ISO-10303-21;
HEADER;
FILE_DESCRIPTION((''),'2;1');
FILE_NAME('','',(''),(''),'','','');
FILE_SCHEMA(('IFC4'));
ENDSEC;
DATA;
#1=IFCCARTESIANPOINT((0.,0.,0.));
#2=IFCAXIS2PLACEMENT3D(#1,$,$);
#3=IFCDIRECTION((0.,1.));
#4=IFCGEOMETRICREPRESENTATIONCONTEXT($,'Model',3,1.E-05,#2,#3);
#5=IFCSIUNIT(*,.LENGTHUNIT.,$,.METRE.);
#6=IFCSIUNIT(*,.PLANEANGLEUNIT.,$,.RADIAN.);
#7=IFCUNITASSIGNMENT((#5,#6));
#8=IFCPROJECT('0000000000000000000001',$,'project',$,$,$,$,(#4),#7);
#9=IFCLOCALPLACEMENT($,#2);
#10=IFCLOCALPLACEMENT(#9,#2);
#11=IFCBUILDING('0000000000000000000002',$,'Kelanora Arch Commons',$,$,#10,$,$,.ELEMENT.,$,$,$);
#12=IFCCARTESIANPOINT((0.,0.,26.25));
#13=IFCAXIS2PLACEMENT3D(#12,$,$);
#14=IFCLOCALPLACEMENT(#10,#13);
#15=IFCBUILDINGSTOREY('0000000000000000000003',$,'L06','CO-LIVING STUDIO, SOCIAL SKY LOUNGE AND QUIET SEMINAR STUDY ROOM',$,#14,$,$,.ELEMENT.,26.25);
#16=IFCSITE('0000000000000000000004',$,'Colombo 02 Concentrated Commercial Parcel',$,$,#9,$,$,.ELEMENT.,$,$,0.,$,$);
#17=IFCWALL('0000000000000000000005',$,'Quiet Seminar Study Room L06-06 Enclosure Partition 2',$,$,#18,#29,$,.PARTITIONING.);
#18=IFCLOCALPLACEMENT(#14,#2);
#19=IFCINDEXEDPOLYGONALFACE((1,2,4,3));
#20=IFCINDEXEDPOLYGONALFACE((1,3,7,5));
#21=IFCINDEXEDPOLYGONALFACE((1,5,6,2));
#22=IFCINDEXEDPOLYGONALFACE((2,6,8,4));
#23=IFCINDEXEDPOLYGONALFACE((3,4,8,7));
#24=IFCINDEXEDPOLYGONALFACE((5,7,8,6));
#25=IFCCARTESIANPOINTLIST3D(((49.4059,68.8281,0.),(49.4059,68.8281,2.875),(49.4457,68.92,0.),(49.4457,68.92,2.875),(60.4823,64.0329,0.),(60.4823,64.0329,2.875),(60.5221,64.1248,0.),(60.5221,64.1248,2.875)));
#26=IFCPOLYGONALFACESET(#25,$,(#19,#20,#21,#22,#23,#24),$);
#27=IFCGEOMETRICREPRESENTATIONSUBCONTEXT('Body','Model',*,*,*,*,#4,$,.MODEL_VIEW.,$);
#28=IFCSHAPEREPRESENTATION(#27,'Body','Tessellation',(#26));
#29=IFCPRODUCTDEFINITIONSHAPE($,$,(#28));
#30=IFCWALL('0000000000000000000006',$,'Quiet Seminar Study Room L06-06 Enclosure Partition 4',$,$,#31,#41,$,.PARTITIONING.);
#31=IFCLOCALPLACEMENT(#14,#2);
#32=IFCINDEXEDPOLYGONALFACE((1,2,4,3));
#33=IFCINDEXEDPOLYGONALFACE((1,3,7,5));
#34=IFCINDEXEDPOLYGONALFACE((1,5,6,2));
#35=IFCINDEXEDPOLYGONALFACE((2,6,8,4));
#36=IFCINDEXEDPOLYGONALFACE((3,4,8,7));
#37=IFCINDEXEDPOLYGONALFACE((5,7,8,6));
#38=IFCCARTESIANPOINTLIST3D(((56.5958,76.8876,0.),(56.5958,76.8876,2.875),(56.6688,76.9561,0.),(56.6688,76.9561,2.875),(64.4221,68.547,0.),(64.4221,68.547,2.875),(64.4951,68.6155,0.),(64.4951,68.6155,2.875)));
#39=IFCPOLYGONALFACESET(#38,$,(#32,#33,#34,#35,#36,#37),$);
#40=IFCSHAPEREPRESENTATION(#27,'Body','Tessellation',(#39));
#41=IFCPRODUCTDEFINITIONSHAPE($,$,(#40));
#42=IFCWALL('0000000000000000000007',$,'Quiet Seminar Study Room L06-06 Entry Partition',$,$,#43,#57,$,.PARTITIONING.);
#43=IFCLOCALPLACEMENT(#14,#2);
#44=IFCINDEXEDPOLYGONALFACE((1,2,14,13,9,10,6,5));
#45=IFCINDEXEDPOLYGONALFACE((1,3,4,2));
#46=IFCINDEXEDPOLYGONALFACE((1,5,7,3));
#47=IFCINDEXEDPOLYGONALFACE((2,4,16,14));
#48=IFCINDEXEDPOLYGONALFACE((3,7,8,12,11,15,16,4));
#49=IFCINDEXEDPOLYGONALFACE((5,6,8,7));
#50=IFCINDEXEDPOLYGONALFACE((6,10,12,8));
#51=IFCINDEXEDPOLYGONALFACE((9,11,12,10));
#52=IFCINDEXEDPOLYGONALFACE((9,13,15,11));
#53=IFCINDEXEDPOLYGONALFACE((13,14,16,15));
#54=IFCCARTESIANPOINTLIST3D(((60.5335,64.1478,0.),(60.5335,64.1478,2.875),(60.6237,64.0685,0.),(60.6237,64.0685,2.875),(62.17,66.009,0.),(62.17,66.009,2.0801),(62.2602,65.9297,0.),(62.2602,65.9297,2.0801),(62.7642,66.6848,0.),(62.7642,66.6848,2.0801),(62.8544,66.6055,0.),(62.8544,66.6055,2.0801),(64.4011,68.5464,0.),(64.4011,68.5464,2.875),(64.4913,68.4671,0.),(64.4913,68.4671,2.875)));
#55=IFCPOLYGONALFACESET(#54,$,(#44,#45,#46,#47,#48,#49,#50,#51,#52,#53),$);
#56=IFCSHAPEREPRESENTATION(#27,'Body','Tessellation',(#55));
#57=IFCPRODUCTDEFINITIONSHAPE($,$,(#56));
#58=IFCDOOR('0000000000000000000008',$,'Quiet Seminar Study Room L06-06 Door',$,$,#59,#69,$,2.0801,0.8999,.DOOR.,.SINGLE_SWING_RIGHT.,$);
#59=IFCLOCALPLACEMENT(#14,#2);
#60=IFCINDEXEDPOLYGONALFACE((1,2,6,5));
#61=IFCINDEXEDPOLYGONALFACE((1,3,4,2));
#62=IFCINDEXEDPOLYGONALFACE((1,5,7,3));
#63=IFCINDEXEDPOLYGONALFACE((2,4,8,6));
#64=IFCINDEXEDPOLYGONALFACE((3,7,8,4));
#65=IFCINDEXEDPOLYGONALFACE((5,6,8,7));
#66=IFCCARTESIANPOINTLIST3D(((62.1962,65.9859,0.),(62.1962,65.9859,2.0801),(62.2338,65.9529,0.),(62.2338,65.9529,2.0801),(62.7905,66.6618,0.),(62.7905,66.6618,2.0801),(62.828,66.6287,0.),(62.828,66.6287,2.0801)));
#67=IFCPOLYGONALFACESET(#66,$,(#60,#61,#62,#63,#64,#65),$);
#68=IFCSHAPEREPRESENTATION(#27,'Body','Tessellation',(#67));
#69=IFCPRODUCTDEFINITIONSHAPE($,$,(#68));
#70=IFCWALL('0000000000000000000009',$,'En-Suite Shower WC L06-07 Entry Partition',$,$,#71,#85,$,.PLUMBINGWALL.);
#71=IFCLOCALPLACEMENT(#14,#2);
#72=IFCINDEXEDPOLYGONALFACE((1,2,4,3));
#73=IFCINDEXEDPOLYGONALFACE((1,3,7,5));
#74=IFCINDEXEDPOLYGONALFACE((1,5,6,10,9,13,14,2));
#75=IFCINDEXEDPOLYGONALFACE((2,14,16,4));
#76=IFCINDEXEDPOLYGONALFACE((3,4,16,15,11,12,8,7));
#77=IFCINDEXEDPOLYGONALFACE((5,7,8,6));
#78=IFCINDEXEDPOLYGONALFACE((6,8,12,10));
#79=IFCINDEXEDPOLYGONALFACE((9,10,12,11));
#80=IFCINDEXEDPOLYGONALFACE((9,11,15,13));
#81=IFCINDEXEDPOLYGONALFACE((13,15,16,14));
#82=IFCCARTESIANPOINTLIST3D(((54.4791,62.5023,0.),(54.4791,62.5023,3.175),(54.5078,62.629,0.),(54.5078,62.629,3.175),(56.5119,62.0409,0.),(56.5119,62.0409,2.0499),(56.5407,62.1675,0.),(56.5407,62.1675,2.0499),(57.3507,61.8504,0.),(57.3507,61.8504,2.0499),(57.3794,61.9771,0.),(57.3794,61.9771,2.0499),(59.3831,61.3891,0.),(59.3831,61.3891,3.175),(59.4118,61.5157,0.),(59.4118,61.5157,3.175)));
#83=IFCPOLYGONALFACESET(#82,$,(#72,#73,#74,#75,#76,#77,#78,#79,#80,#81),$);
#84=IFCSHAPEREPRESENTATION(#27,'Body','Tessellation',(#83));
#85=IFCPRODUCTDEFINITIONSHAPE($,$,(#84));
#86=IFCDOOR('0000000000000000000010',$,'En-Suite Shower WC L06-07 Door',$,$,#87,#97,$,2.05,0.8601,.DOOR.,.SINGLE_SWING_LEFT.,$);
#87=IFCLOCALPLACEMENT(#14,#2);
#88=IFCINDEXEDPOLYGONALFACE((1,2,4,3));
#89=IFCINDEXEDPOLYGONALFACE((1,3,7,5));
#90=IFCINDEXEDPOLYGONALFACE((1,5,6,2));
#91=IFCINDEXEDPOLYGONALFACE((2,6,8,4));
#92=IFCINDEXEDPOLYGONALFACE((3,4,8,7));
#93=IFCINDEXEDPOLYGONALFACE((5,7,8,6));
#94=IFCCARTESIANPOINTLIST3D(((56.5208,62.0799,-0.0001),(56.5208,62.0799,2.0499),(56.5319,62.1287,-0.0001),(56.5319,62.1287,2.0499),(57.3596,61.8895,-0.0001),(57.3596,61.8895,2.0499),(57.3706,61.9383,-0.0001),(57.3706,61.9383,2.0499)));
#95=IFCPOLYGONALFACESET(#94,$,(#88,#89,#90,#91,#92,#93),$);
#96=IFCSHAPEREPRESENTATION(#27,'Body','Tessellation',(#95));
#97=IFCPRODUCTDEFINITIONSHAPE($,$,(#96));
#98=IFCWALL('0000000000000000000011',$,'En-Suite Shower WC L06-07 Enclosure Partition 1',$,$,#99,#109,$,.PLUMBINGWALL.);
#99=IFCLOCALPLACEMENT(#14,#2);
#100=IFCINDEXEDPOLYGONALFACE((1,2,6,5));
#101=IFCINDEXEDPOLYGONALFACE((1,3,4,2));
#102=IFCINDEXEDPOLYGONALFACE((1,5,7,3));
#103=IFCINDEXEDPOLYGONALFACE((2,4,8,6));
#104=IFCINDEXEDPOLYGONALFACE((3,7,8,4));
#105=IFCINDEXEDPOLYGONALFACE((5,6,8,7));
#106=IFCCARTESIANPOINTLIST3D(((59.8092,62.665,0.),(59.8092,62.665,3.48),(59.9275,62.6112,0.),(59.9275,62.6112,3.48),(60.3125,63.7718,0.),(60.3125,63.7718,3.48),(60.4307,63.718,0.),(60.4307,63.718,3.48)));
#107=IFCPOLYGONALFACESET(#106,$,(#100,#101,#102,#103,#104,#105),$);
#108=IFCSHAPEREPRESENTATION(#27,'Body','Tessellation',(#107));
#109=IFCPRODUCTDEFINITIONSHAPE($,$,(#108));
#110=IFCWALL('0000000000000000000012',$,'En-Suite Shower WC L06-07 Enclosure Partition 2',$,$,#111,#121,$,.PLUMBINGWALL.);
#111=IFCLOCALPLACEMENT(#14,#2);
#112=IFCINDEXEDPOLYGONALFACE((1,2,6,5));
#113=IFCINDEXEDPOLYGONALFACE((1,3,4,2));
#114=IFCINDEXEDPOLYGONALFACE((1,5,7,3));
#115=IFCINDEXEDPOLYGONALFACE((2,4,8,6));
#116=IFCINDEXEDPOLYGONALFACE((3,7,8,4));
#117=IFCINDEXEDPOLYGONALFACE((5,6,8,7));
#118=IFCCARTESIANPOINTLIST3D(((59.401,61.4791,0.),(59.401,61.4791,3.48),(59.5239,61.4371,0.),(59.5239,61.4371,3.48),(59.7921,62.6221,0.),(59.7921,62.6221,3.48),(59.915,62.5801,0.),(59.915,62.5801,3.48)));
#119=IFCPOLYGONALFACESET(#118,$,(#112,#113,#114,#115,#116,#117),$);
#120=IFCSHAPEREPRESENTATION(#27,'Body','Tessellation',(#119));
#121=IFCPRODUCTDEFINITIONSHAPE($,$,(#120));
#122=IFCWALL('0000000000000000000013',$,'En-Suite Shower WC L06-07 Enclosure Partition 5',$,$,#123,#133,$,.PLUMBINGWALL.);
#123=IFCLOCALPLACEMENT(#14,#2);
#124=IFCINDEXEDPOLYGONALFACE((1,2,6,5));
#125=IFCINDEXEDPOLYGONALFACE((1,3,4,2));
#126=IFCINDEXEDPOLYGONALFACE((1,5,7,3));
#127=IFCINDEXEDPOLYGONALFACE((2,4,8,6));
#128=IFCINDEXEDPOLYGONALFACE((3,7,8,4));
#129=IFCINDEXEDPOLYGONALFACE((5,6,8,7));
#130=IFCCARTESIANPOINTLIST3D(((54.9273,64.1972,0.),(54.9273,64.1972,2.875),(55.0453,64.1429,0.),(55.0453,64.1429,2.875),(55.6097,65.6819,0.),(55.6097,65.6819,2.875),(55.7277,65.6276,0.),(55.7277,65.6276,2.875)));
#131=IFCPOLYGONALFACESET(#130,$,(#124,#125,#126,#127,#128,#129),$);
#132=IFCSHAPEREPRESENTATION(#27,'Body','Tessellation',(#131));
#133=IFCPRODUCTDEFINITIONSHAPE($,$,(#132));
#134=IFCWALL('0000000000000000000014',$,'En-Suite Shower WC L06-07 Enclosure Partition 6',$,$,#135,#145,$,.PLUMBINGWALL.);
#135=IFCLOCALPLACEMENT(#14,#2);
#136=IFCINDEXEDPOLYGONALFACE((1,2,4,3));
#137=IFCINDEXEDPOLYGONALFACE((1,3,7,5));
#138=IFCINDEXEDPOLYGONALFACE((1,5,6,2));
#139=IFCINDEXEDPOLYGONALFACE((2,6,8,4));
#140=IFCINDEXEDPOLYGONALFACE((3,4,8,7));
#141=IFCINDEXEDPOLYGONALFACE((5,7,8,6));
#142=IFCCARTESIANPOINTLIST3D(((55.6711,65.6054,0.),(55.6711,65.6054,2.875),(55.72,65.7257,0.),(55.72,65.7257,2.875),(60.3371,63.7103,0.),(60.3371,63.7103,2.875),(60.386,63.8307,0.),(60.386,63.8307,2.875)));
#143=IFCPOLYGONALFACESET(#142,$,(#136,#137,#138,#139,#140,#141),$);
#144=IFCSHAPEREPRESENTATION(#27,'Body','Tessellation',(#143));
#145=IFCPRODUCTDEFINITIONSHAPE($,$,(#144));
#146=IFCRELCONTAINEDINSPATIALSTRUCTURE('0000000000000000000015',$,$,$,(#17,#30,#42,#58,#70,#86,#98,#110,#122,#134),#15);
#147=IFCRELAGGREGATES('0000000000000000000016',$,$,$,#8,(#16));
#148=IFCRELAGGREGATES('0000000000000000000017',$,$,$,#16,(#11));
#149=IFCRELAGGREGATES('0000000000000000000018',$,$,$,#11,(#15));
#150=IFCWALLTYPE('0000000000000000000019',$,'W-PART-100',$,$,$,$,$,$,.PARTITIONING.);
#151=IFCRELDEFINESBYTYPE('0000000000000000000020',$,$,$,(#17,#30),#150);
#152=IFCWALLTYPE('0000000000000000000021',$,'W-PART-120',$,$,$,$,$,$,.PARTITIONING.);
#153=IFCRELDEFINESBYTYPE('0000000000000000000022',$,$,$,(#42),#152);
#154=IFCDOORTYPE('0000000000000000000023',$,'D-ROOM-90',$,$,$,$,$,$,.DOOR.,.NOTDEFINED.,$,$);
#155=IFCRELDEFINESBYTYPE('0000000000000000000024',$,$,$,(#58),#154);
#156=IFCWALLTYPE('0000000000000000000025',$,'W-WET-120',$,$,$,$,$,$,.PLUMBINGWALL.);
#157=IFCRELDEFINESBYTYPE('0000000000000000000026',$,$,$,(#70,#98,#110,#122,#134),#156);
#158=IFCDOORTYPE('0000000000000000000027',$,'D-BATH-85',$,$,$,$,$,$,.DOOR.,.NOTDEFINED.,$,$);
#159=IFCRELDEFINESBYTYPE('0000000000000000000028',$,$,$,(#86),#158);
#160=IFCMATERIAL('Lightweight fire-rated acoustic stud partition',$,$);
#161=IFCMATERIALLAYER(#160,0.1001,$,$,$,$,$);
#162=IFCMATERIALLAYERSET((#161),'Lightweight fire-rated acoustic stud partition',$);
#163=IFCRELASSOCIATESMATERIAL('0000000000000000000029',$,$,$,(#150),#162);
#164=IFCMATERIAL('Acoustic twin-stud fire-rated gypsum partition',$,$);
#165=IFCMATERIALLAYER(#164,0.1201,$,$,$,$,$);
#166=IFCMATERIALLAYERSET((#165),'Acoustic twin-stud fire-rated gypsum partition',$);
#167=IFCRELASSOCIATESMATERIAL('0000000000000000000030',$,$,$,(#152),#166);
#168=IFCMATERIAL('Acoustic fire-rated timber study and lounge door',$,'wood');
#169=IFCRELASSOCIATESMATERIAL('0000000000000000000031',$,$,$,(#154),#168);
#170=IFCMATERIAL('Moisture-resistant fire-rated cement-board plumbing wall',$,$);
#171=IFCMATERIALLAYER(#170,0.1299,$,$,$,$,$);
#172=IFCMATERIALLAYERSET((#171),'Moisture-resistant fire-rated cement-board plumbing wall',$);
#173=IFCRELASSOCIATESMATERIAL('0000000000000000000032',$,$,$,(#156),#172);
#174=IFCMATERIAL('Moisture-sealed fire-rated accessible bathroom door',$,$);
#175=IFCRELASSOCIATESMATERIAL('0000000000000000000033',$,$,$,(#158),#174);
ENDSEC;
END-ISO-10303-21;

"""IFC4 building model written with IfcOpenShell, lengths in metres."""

from ifc_helpers import new_model, si_unit, direction, frame, frame_2d, origin, place, context, subcontext, project, spatial, rectangle, extrude, material, layer, layer_set, type_object, element, fill, save


model = new_model("IFC4")

# Units and contexts
model_context = context("Model", 3, precision=1e-05, world=origin(), true_north=direction((0.0, 1.0)))
body_context = subcontext(model_context, "Body", "Model", "MODEL_VIEW")
ifc_project = project(units=[si_unit("LENGTHUNIT", "METRE"), si_unit("PLANEANGLEUNIT", "RADIAN")], contexts=[model_context])

# Site, building, storey
site_placement = place(None, origin())
site = spatial("IfcSite", under=ifc_project, at=site_placement, Name="Colombo 02 Concentrated Commercial Parcel", CompositionType="ELEMENT", RefElevation=0.0)
building_placement = place(site_placement, origin())
building = spatial("IfcBuilding", under=site, at=building_placement, Name="Kelanora Arch Commons", CompositionType="ELEMENT")
storey_placement = place(building_placement, frame((0.0, 0.0, 26.25)))
storey = spatial("IfcBuildingStorey", under=building, at=storey_placement, Name="L06", Description="CO-LIVING STUDIO, SOCIAL SKY LOUNGE AND QUIET SEMINAR STUDY ROOM", CompositionType="ELEMENT", Elevation=26.25)

# Walls
ifc_material_1 = material(Name="Lightweight fire-rated acoustic stud partition")
ifc_layer_1 = layer(ifc_material_1, 0.1001)
ifc_layer_set_1 = layer_set([ifc_layer_1], Name="Lightweight fire-rated acoustic stud partition")
wall_type_1 = type_object("IfcWallType", Name="W-PART-100", PredefinedType="PARTITIONING", material=ifc_layer_set_1)
wall_1_placement = place(storey_placement, frame((60.5022, 64.0789, 0.0), z_axis=(0.0, 0.0, 1.0), x_axis=(-0.917695, 0.397286, 0.0)))
element("IfcWall", 1, at=wall_1_placement, inside=storey, type_object=wall_type_1, Name="Quiet Seminar Study Room L06-06 Enclosure Partition 2", PredefinedType="PARTITIONING", context=body_context, shape_type="SweptSolid", body=[
    extrude(rectangle(XDim=12.0698, YDim=0.1001, at=frame_2d((6.0349, 0.0))), origin(), (0.0, 0.0, 1.0), 2.875),
])
wall_2_placement = place(storey_placement, frame((56.6323, 76.9219, 0.0), z_axis=(0.0, 0.0, 1.0), x_axis=(0.684261, -0.729237, 0.0)))
element("IfcWall", 2, at=wall_2_placement, inside=storey, type_object=wall_type_1, Name="Quiet Seminar Study Room L06-06 Enclosure Partition 4", PredefinedType="PARTITIONING", context=body_context, shape_type="SweptSolid", body=[
    extrude(rectangle(XDim=11.4375, YDim=0.1001, at=frame_2d((5.7188, 0.0))), origin(), (0.0, 0.0, 1.0), 2.875),
])

# Walls, openings, doors
ifc_material_2 = material(Name="Acoustic twin-stud fire-rated gypsum partition")
ifc_layer_2 = layer(ifc_material_2, 0.1201)
ifc_layer_set_2 = layer_set([ifc_layer_2], Name="Acoustic twin-stud fire-rated gypsum partition")
wall_type_2 = type_object("IfcWallType", Name="W-PART-120", PredefinedType="PARTITIONING", material=ifc_layer_set_2)
wall_3_placement = place(storey_placement, frame((64.4463, 68.5068, 0.0), z_axis=(0.0, 0.0, 1.0), x_axis=(-0.660323, -0.750981, 0.0)))
wall_3 = element("IfcWall", 3, at=wall_3_placement, inside=storey, type_object=wall_type_2, Name="Quiet Seminar Study Room L06-06 Entry Partition", PredefinedType="PARTITIONING", context=body_context, shape_type="SweptSolid", body=[
    extrude(rectangle(XDim=5.8572, YDim=0.1201, at=frame_2d((2.9287, 0.0))), origin(), (0.0, 0.0, 1.0), 2.875),
])
opening_1_placement = place(wall_3_placement, frame((2.479, 0.0, 0.0)))
opening_1 = element("IfcOpeningElement", 4, at=opening_1_placement, cuts=wall_3, PredefinedType="OPENING", context=body_context, shape_type="SweptSolid", body=[
    extrude(rectangle(XDim=0.8999, YDim=2.0801, at=frame_2d((0.45, 1.04))), frame((0.0, 0.0701, 0.0), z_axis=(0.0, -1.0, 0.0), x_axis=(1.0, 0.0, 0.0)), (0.0, 0.0, 1.0), 0.1401),
])
ifc_material_3 = material(Name="Acoustic fire-rated timber study and lounge door", Category="wood")
door_type_1 = type_object("IfcDoorType", Name="D-ROOM-90", OperationType="NOTDEFINED", PredefinedType="DOOR", material=ifc_material_3)
door_1_placement = place(opening_1_placement, origin())
door_1 = element("IfcDoor", 5, at=door_1_placement, inside=storey, type_object=door_type_1, Name="Quiet Seminar Study Room L06-06 Door", OperationType="SINGLE_SWING_RIGHT", OverallHeight=2.0801, OverallWidth=0.8999, PredefinedType="DOOR", context=body_context, shape_type="SweptSolid", body=[
    extrude(rectangle(XDim=0.8999, YDim=2.0801, at=frame_2d((0.45, 1.04))), frame((0.0, 0.0249, 0.0), z_axis=(0.0, -1.0, 0.0), x_axis=(1.0, 0.0, 0.0)), (0.0, 0.0, 1.0), 0.05),
])
fill(opening_1, door_1)
ifc_material_4 = material(Name="Moisture-resistant fire-rated cement-board plumbing wall")
ifc_layer_3 = layer(ifc_material_4, 0.1299)
ifc_layer_set_3 = layer_set([ifc_layer_3], Name="Moisture-resistant fire-rated cement-board plumbing wall")
wall_type_3 = type_object("IfcWallType", Name="W-WET-120", PredefinedType="PLUMBINGWALL", material=ifc_layer_set_3)
wall_4_placement = place(storey_placement, frame((59.3975, 61.4524, 0.0), z_axis=(0.0, 0.0, 1.0), x_axis=(-0.975188, 0.22138, 0.0)))
wall_4 = element("IfcWall", 6, at=wall_4_placement, inside=storey, type_object=wall_type_3, Name="En-Suite Shower WC L06-07 Entry Partition", PredefinedType="PLUMBINGWALL", context=body_context, shape_type="SweptSolid", body=[
    extrude(rectangle(XDim=5.0288, YDim=0.1299, at=frame_2d((2.5144, 0.0))), origin(), (0.0, 0.0, 1.0), 3.175),
])
opening_2_placement = place(wall_4_placement, frame((2.084, 0.0, 0.0)))
opening_2 = element("IfcOpeningElement", 7, at=opening_2_placement, cuts=wall_4, PredefinedType="OPENING", context=body_context, shape_type="SweptSolid", body=[
    extrude(rectangle(XDim=0.8601, YDim=2.05, at=frame_2d((0.4302, 1.0249))), frame((0.0, 0.075, 0.0), z_axis=(0.0, -1.0, 0.0), x_axis=(1.0, 0.0, 0.0)), (0.0, 0.0, 1.0), 0.1499),
])
ifc_material_5 = material(Name="Moisture-sealed fire-rated accessible bathroom door")
door_type_2 = type_object("IfcDoorType", Name="D-BATH-85", OperationType="NOTDEFINED", PredefinedType="DOOR", material=ifc_material_5)
door_2_placement = place(opening_2_placement, origin())
door_2 = element("IfcDoor", 8, at=door_2_placement, inside=storey, type_object=door_type_2, Name="En-Suite Shower WC L06-07 Door", OperationType="SINGLE_SWING_LEFT", OverallHeight=2.05, OverallWidth=0.8601, PredefinedType="DOOR", context=body_context, shape_type="SweptSolid", body=[
    extrude(rectangle(XDim=0.8601, YDim=2.05, at=frame_2d((0.4302, 1.0249))), frame((0.0, 0.0249, 0.0), z_axis=(0.0, -1.0, 0.0), x_axis=(1.0, 0.0, 0.0)), (0.0, 0.0, 1.0), 0.05),
])
fill(opening_2, door_2)

# Walls
wall_5_placement = place(storey_placement, frame((60.3716, 63.7449, 0.0), z_axis=(0.0, 0.0, 1.0), x_axis=(-0.413894, -0.910325, 0.0)))
element("IfcWall", 9, at=wall_5_placement, inside=storey, type_object=wall_type_3, Name="En-Suite Shower WC L06-07 Enclosure Partition 1", PredefinedType="PLUMBINGWALL", context=body_context, shape_type="SweptSolid", body=[
    extrude(rectangle(XDim=1.2158, YDim=0.1299, at=frame_2d((0.6079, 0.0))), origin(), (0.0, 0.0, 1.0), 3.48),
])
wall_6_placement = place(storey_placement, frame((59.8535, 62.6011, 0.0), z_axis=(0.0, 0.0, 1.0), x_axis=(-0.323735, -0.946148, 0.0)))
element("IfcWall", 10, at=wall_6_placement, inside=storey, type_object=wall_type_3, Name="En-Suite Shower WC L06-07 Enclosure Partition 2", PredefinedType="PLUMBINGWALL", context=body_context, shape_type="SweptSolid", body=[
    extrude(rectangle(XDim=1.208, YDim=0.1299, at=frame_2d((0.604, 0.0))), origin(), (0.0, 0.0, 1.0), 3.48),
])
wall_7_placement = place(storey_placement, frame((54.9863, 64.1702, 0.0), z_axis=(0.0, 0.0, 1.0), x_axis=(0.417627, 0.908619, 0.0)))
element("IfcWall", 11, at=wall_7_placement, inside=storey, type_object=wall_type_3, Name="En-Suite Shower WC L06-07 Enclosure Partition 5", PredefinedType="PLUMBINGWALL", context=body_context, shape_type="SweptSolid", body=[
    extrude(rectangle(XDim=1.634, YDim=0.1299, at=frame_2d((0.8169, 0.0))), origin(), (0.0, 0.0, 1.0), 2.875),
])
wall_8_placement = place(storey_placement, frame((55.6956, 65.6655, 0.0), z_axis=(0.0, 0.0, 1.0), x_axis=(0.926505, -0.376283, 0.0)))
element("IfcWall", 12, at=wall_8_placement, inside=storey, type_object=wall_type_3, Name="En-Suite Shower WC L06-07 Enclosure Partition 6", PredefinedType="PLUMBINGWALL", context=body_context, shape_type="SweptSolid", body=[
    extrude(rectangle(XDim=5.0361, YDim=0.1299, at=frame_2d((2.5181, 0.0))), origin(), (0.0, 0.0, 1.0), 2.875),
])

save(model, "model.ifc")
